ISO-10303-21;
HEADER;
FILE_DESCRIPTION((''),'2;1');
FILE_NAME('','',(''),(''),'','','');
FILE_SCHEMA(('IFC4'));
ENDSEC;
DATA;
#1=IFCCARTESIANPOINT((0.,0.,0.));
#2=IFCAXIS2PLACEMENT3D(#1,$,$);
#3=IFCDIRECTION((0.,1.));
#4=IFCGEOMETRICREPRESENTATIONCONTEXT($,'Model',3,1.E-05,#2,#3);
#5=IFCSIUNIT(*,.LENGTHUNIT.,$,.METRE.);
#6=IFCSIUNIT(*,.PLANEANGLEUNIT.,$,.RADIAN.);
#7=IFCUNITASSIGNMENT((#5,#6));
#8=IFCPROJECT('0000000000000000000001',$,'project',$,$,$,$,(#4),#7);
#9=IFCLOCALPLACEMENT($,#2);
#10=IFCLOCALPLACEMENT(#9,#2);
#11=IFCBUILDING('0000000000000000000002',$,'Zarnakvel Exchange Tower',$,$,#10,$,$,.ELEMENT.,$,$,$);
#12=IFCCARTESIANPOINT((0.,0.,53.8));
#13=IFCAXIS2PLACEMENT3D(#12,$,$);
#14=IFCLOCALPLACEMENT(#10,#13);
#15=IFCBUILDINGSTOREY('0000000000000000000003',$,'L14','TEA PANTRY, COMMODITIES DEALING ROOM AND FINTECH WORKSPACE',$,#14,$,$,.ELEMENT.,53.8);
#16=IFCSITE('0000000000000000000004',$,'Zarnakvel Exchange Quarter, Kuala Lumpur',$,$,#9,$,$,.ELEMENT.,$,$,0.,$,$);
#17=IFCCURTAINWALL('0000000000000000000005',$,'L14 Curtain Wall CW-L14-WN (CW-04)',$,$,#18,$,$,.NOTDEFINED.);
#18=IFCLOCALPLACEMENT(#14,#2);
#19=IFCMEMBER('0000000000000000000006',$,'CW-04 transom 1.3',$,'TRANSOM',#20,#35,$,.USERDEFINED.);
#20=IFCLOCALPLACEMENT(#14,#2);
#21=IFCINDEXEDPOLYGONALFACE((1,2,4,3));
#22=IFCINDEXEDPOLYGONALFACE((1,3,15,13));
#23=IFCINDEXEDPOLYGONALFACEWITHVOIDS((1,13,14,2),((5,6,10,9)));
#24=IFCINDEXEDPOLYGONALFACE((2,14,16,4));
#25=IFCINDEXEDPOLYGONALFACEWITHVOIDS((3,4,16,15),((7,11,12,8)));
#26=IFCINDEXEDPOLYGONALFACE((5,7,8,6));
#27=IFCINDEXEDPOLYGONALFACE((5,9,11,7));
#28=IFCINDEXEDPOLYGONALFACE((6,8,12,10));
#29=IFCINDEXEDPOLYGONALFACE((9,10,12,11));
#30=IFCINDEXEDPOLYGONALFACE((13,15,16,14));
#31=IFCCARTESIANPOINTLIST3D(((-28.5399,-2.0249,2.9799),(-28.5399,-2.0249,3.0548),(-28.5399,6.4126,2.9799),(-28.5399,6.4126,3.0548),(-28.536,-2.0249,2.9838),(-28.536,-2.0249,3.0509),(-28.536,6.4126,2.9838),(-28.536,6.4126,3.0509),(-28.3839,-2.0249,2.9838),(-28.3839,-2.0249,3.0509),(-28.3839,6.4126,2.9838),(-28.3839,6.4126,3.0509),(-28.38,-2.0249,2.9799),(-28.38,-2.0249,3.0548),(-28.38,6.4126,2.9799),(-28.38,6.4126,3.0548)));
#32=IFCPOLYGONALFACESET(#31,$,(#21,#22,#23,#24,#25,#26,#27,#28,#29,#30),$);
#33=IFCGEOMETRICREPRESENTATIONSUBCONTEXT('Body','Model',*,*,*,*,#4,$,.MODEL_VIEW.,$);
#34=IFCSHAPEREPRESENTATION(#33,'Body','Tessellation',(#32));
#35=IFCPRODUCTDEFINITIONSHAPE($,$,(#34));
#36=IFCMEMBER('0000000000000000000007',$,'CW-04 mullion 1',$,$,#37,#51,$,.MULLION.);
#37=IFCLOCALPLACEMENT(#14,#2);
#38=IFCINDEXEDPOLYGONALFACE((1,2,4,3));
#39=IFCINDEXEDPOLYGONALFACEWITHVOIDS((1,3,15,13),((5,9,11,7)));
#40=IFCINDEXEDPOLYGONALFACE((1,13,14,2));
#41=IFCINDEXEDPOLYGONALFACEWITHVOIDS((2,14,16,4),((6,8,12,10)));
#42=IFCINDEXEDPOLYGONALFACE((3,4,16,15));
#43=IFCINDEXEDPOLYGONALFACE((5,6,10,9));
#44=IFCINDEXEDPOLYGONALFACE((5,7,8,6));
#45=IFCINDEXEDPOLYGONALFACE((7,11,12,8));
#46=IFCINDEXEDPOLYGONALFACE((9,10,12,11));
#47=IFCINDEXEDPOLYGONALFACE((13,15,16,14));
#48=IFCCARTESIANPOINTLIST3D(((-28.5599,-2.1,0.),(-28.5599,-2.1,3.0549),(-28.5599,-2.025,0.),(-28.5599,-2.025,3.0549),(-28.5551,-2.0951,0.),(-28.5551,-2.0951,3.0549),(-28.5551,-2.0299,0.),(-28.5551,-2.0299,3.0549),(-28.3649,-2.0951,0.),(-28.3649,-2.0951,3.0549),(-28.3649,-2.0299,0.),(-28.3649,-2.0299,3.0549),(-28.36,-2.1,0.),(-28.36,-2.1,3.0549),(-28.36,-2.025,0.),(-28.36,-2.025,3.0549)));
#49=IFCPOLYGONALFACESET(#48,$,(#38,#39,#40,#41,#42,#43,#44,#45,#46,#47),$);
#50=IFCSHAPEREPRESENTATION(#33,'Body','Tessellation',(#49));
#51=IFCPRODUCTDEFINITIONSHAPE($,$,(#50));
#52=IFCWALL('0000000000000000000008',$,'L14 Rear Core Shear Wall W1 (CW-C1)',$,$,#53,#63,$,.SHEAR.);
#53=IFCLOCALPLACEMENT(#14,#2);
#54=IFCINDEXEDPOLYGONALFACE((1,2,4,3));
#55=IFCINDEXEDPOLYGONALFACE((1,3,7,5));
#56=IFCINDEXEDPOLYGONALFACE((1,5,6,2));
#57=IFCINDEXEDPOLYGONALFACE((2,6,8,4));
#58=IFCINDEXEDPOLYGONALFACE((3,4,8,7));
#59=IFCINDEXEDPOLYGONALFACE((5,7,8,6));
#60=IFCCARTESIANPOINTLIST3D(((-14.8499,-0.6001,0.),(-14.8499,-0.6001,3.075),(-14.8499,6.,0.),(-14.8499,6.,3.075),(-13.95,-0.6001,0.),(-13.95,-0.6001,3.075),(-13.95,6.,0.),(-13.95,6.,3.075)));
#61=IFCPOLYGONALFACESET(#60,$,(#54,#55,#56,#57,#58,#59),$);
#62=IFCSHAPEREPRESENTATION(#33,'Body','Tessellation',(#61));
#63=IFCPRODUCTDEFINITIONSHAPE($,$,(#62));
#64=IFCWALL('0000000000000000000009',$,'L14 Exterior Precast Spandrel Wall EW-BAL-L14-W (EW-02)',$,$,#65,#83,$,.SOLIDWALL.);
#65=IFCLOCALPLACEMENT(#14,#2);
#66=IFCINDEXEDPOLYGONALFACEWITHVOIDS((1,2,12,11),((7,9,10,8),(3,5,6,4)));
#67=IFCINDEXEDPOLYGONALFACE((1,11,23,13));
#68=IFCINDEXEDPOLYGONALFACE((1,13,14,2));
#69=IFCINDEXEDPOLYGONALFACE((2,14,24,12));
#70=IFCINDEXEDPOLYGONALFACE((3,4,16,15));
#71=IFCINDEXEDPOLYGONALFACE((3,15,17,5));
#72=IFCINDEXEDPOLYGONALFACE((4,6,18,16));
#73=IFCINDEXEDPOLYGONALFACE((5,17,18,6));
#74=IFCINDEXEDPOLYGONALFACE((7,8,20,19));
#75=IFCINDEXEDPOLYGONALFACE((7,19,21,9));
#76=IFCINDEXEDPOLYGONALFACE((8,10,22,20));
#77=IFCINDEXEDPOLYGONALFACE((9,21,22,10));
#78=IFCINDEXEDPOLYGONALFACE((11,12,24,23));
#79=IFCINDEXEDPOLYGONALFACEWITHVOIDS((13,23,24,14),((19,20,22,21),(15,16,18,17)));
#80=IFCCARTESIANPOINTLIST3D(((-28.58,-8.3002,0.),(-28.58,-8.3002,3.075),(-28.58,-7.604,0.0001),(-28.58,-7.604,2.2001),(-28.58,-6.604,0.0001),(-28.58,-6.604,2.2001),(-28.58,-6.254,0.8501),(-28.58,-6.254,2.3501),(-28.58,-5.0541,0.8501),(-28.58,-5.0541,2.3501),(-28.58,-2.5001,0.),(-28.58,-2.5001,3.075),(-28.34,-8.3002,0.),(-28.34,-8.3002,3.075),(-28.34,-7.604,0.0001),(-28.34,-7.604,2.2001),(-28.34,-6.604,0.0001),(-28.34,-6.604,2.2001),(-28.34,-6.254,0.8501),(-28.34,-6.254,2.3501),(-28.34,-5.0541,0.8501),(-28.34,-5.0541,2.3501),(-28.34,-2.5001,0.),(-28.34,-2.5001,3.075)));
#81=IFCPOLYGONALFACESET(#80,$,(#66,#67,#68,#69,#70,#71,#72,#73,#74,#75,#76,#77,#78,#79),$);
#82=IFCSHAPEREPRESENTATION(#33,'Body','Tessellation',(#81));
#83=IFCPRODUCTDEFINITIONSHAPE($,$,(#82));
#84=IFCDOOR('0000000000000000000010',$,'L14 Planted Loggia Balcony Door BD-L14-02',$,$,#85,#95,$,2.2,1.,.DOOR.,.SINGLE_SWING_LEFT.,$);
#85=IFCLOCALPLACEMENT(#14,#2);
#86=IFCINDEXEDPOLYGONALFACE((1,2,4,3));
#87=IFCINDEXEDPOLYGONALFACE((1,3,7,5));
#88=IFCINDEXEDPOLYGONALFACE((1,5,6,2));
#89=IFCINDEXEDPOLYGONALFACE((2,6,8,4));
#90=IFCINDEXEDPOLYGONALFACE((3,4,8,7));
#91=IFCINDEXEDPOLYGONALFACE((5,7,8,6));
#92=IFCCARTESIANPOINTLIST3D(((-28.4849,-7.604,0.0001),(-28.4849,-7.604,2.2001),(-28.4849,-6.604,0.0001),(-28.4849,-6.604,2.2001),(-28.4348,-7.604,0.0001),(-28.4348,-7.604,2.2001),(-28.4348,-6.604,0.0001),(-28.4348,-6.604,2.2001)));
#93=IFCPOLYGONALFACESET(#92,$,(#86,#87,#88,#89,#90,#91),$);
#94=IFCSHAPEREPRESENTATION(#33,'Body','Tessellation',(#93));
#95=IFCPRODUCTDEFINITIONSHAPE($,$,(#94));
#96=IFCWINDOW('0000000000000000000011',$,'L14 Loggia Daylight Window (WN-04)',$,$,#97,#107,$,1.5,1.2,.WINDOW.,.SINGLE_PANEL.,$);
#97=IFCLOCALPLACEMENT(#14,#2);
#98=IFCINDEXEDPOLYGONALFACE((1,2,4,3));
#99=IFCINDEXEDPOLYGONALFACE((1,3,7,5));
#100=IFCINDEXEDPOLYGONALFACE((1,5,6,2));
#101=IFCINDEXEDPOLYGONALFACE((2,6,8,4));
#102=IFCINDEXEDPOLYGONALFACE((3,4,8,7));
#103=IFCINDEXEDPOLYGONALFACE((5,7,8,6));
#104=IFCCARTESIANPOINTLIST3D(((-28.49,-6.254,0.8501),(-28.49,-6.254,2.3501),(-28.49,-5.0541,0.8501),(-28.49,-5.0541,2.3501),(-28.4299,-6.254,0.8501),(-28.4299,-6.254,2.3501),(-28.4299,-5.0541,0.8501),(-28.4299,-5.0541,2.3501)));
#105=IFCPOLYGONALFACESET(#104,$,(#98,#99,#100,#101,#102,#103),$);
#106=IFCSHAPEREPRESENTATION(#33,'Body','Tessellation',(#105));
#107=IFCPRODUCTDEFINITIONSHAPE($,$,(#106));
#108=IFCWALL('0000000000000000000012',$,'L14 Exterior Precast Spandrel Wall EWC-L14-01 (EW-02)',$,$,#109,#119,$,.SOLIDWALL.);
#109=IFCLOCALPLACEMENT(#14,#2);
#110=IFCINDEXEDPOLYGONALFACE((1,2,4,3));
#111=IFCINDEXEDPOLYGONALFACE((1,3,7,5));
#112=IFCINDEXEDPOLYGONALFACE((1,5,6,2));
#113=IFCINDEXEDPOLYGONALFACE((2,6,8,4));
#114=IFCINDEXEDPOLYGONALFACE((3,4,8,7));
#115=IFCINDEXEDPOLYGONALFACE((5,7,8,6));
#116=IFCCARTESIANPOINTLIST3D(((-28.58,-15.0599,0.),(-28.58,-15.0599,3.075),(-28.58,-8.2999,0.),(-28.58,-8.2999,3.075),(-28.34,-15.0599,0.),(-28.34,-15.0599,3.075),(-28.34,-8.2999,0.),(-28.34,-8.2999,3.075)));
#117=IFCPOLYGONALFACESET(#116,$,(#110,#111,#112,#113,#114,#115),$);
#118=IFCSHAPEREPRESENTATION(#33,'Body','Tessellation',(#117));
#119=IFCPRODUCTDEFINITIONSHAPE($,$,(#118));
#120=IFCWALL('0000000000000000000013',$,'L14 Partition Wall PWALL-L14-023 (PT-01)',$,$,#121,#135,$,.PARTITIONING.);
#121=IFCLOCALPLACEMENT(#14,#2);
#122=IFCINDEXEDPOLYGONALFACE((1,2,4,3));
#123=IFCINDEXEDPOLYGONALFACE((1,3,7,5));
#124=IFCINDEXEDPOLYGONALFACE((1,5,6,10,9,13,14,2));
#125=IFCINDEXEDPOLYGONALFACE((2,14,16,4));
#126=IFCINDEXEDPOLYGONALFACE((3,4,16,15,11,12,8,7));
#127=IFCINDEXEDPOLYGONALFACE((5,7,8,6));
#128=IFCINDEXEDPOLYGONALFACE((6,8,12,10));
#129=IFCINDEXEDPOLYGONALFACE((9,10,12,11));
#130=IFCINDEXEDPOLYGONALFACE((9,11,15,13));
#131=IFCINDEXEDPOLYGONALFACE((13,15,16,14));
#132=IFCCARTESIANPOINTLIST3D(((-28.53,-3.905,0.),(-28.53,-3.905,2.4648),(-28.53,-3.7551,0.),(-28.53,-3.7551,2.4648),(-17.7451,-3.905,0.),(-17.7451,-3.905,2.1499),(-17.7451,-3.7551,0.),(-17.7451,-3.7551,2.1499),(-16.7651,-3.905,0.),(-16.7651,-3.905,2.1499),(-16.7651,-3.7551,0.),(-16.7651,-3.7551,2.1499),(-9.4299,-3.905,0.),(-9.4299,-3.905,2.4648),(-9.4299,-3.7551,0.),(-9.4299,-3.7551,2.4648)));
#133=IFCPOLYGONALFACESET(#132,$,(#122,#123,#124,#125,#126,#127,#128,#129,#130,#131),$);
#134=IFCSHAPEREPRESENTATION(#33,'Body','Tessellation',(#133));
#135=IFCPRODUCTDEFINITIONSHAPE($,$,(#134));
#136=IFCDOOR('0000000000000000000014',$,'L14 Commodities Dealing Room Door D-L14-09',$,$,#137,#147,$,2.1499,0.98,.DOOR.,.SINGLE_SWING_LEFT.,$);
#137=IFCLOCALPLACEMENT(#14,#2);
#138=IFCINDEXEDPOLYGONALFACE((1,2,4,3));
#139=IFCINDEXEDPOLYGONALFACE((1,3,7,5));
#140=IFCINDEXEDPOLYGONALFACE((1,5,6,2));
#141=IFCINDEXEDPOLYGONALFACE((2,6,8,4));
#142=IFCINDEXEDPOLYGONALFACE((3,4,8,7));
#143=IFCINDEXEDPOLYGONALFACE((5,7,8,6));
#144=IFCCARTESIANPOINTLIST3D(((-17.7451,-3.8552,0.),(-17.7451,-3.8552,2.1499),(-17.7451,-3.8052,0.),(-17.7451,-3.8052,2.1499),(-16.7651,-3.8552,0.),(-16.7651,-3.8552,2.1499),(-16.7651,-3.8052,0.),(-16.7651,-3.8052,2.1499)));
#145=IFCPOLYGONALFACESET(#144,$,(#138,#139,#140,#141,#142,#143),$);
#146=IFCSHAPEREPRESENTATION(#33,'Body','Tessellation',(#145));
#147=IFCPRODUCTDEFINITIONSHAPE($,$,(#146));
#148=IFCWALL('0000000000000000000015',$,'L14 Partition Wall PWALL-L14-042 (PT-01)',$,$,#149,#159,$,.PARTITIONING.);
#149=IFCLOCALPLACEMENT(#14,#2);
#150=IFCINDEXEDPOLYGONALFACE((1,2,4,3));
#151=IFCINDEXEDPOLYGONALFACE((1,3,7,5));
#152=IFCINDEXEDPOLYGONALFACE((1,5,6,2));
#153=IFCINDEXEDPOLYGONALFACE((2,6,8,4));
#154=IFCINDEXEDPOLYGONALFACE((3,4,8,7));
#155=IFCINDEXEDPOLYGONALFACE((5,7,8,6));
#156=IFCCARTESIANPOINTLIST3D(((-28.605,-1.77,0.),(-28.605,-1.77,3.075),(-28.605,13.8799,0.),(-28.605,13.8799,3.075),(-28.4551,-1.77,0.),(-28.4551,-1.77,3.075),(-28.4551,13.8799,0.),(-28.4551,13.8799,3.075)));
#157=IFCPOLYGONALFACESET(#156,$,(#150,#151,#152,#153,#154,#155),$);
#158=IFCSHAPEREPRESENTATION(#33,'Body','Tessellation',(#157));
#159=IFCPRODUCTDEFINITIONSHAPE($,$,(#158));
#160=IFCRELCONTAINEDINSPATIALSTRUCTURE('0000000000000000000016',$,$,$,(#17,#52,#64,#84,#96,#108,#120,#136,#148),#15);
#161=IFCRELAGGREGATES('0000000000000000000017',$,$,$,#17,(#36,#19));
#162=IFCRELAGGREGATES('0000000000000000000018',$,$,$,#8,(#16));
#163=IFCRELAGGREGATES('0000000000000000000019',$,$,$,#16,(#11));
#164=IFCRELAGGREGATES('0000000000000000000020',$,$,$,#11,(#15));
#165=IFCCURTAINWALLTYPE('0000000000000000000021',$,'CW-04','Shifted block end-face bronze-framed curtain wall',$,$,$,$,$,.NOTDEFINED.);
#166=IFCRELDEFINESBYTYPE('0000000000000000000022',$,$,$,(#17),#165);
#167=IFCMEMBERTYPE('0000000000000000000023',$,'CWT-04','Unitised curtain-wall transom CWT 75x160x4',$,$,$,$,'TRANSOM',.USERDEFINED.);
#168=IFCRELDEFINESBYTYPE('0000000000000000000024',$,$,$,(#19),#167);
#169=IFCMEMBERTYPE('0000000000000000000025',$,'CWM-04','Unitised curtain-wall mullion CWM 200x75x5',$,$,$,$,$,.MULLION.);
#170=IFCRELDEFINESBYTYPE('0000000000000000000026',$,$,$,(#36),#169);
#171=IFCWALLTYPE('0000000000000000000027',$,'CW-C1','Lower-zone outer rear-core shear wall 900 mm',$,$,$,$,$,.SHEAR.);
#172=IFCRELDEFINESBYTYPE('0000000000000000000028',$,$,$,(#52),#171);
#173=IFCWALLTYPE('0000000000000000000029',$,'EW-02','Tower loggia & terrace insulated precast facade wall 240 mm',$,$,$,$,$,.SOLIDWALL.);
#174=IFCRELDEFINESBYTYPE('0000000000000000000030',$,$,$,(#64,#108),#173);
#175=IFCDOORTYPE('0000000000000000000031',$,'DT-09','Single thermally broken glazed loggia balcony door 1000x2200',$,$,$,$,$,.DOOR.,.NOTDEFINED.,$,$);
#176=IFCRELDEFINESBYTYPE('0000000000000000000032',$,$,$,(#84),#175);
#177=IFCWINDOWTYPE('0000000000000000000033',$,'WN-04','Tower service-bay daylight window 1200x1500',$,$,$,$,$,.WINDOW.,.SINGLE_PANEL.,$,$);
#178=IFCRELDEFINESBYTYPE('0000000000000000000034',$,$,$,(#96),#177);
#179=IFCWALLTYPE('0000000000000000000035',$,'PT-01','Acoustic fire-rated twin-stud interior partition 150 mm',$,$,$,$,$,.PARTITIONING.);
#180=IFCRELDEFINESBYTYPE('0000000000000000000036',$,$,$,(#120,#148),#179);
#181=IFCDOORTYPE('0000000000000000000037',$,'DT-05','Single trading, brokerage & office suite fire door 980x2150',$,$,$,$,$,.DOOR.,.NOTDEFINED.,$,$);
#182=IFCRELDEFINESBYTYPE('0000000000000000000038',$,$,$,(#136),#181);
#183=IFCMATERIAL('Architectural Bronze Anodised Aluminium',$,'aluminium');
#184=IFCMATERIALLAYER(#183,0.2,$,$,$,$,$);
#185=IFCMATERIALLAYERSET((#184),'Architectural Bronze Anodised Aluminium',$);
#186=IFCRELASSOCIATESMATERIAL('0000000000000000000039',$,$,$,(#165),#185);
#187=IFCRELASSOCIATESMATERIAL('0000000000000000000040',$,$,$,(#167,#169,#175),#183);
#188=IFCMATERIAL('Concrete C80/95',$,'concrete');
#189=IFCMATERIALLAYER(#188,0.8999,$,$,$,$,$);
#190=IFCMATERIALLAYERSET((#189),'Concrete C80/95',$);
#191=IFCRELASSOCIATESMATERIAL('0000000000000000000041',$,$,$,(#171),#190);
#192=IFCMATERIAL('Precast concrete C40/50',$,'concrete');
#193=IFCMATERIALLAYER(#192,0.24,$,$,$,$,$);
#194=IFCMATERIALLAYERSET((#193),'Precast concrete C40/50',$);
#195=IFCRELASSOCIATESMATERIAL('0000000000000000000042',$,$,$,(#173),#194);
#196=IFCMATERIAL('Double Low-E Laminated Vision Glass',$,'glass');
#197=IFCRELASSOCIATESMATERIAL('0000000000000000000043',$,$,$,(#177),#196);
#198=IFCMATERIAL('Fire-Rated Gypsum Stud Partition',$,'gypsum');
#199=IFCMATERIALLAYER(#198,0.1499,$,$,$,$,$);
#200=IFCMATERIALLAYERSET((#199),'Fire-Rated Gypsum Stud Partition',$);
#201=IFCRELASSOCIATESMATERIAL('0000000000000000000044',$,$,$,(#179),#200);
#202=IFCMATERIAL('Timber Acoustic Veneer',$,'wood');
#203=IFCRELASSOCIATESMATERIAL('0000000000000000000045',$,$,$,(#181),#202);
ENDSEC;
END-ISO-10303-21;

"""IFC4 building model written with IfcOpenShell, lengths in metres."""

from ifc_helpers import new_model, si_unit, direction, frame, frame_2d, origin, origin_2d, place, context, subcontext, project, spatial, rectangle, hollow_rectangle, extrude, source, transform, mapped, material, layer, layer_set, material_profile, profile_set, type_object, element, fill, aggregate, save


model = new_model("IFC4")

# Units and contexts
model_context = context("Model", 3, precision=1e-05, world=origin(), true_north=direction((0.0, 1.0)))
body_context = subcontext(model_context, "Body", "Model", "MODEL_VIEW")
ifc_project = project(units=[si_unit("LENGTHUNIT", "METRE"), si_unit("PLANEANGLEUNIT", "RADIAN")], contexts=[model_context])

# Site, building, storey
site_placement = place(None, origin())
site = spatial("IfcSite", under=ifc_project, at=site_placement, Name="Zarnakvel Exchange Quarter, Kuala Lumpur", CompositionType="ELEMENT", RefElevation=0.0)
building_placement = place(site_placement, origin())
building = spatial("IfcBuilding", under=site, at=building_placement, Name="Zarnakvel Exchange Tower", CompositionType="ELEMENT")
storey_placement = place(building_placement, frame((0.0, 0.0, 53.8)))
storey = spatial("IfcBuildingStorey", under=building, at=storey_placement, Name="L14", Description="TEA PANTRY, COMMODITIES DEALING ROOM AND FINTECH WORKSPACE", CompositionType="ELEMENT", Elevation=53.8)

# Shared definitions
ifc_material_1 = material(Name="Concrete C80/95", Category="concrete")

# Curtain wall, members
ifc_material_2 = material(Name="Architectural Bronze Anodised Aluminium", Category="aluminium")
ifc_layer_1 = layer(ifc_material_2, 0.2)
ifc_layer_set_1 = layer_set([ifc_layer_1], Name="Architectural Bronze Anodised Aluminium")
curtain_wall_type = type_object("IfcCurtainWallType", Name="CW-04", Description="Shifted block end-face bronze-framed curtain wall", PredefinedType="NOTDEFINED", material=ifc_layer_set_1)
curtain_wall_placement = place(storey_placement, origin())
curtain_wall = element("IfcCurtainWall", 1, at=curtain_wall_placement, inside=storey, type_object=curtain_wall_type, Name="L14 Curtain Wall CW-L14-WN (CW-04)", PredefinedType="NOTDEFINED")
ifc_material_profile_1 = material_profile(ifc_material_2, hollow_rectangle(XDim=0.1599, YDim=0.075, WallThickness=0.0039, at=origin_2d()))
ifc_profile_set_1 = profile_set([ifc_material_profile_1], Name="Architectural Bronze Anodised Aluminium")
member_type_1 = type_object("IfcMemberType", Name="CWT-04", Description="Unitised curtain-wall transom CWT 75x160x4", ElementType="TRANSOM", PredefinedType="USERDEFINED", material=ifc_profile_set_1)
shared_shape_1 = source(origin(), body_context, "Body", "SweptSolid", [
    extrude(hollow_rectangle(XDim=0.1599, YDim=0.075, WallThickness=0.0039, at=origin_2d()), origin(), (0.0, 0.0, 1.0), 8.4375),
])
member_1_placement = place(storey_placement, frame((-28.46, -2.0249, 3.0173), z_axis=(0.0, 1.0, 0.0), x_axis=(-1.0, 0.0, 0.0)))
member_1 = element("IfcMember", 2, at=member_1_placement, type_object=member_type_1, Name="CW-04 transom 1.3", ObjectType="TRANSOM", PredefinedType="USERDEFINED", context=body_context, shape_type="MappedRepresentation", body=[
    mapped(shared_shape_1, transform((0.0, 0.0, 0.0), x_axis=(1.0, 0.0, 0.0), y_axis=(0.0, 1.0, 0.0), z_axis=(0.0, 0.0, 1.0), scale=1.0)),
])
ifc_material_profile_2 = material_profile(ifc_material_2, hollow_rectangle(XDim=0.2, YDim=0.075, WallThickness=0.0049, at=origin_2d()))
ifc_profile_set_2 = profile_set([ifc_material_profile_2], Name="Architectural Bronze Anodised Aluminium")
member_type_2 = type_object("IfcMemberType", Name="CWM-04", Description="Unitised curtain-wall mullion CWM 200x75x5", PredefinedType="MULLION", material=ifc_profile_set_2)
shared_shape_2 = source(origin(), body_context, "Body", "SweptSolid", [
    extrude(hollow_rectangle(XDim=0.2, YDim=0.075, WallThickness=0.0049, at=origin_2d()), origin(), (0.0, 0.0, 1.0), 3.0549),
])
member_2_placement = place(storey_placement, frame((-28.46, -2.0625, 0.0), z_axis=(0.0, 0.0, 1.0), x_axis=(-1.0, 0.0, 0.0)))
member_2 = element("IfcMember", 3, at=member_2_placement, type_object=member_type_2, Name="CW-04 mullion 1", PredefinedType="MULLION", context=body_context, shape_type="MappedRepresentation", body=[
    mapped(shared_shape_2, transform((0.0, 0.0, 0.0), x_axis=(1.0, 0.0, 0.0), y_axis=(0.0, 1.0, 0.0), z_axis=(0.0, 0.0, 1.0), scale=1.0)),
])
aggregate(curtain_wall, [member_2, member_1])

# Wall
ifc_layer_2 = layer(ifc_material_1, 0.8999)
ifc_layer_set_2 = layer_set([ifc_layer_2], Name="Concrete C80/95")
wall_type_1 = type_object("IfcWallType", Name="CW-C1", Description="Lower-zone outer rear-core shear wall 900 mm", PredefinedType="SHEAR", material=ifc_layer_set_2)
wall_1_placement = place(storey_placement, frame((-14.3999, -0.6001, 0.0), z_axis=(0.0, 0.0, 1.0), x_axis=(0.0, 1.0, 0.0)))
element("IfcWall", 4, at=wall_1_placement, inside=storey, type_object=wall_type_1, Name="L14 Rear Core Shear Wall W1 (CW-C1)", PredefinedType="SHEAR", context=body_context, shape_type="SweptSolid", body=[
    extrude(rectangle(XDim=6.6001, YDim=0.8999, at=frame_2d((3.3, 0.0))), origin(), (0.0, 0.0, 1.0), 3.075),
])

# Wall, openings, door, window
ifc_material_3 = material(Name="Precast concrete C40/50", Category="concrete")
ifc_layer_3 = layer(ifc_material_3, 0.24)
ifc_layer_set_3 = layer_set([ifc_layer_3], Name="Precast concrete C40/50")
wall_type_2 = type_object("IfcWallType", Name="EW-02", Description="Tower loggia & terrace insulated precast facade wall 240 mm", PredefinedType="SOLIDWALL", material=ifc_layer_set_3)
wall_2_placement = place(storey_placement, frame((-28.46, -8.3, 0.0), z_axis=(0.0, 0.0, 1.0), x_axis=(0.0, 1.0, 0.0)))
wall_2 = element("IfcWall", 5, at=wall_2_placement, inside=storey, type_object=wall_type_2, Name="L14 Exterior Precast Spandrel Wall EW-BAL-L14-W (EW-02)", PredefinedType="SOLIDWALL", context=body_context, shape_type="SweptSolid", body=[
    extrude(rectangle(XDim=5.8, YDim=0.24, at=frame_2d((2.8999, 0.0))), origin(), (0.0, 0.0, 1.0), 3.075),
])
opening_1_placement = place(wall_2_placement, frame((0.696, 0.0, 0.0)))
opening_1 = element("IfcOpeningElement", 6, at=opening_1_placement, cuts=wall_2, PredefinedType="OPENING", context=body_context, shape_type="SweptSolid", body=[
    extrude(rectangle(XDim=1.0, YDim=2.2, at=frame_2d((0.5, 1.1001))), frame((0.0, 0.1299, 0.0), z_axis=(0.0, -1.0, 0.0), x_axis=(1.0, 0.0, 0.0)), (0.0, 0.0, 1.0), 0.26),
])
opening_2_placement = place(wall_2_placement, frame((2.0459, 0.0, 0.8501)))
opening_2 = element("IfcOpeningElement", 7, at=opening_2_placement, cuts=wall_2, PredefinedType="OPENING", context=body_context, shape_type="SweptSolid", body=[
    extrude(rectangle(XDim=1.2, YDim=1.5, at=frame_2d((0.6001, 0.75))), frame((0.0, 0.1299, 0.0), z_axis=(0.0, -1.0, 0.0), x_axis=(1.0, 0.0, 0.0)), (0.0, 0.0, 1.0), 0.26),
])
door_type_1 = type_object("IfcDoorType", Name="DT-09", Description="Single thermally broken glazed loggia balcony door 1000x2200", OperationType="NOTDEFINED", PredefinedType="DOOR", material=ifc_material_2)
shared_shape_3 = source(origin(), body_context, "Body", "SweptSolid", [
    extrude(rectangle(XDim=1.0, YDim=2.2, at=frame_2d((0.5, 1.1001))), frame((0.0, 0.0249, 0.0), z_axis=(0.0, -1.0, 0.0), x_axis=(1.0, 0.0, 0.0)), (0.0, 0.0, 1.0), 0.05),
])
door_1_placement = place(opening_1_placement, origin())
door_1 = element("IfcDoor", 8, at=door_1_placement, inside=storey, type_object=door_type_1, Name="L14 Planted Loggia Balcony Door BD-L14-02", OperationType="SINGLE_SWING_LEFT", OverallHeight=2.2, OverallWidth=1.0, PredefinedType="DOOR", context=body_context, shape_type="MappedRepresentation", body=[
    mapped(shared_shape_3, transform((0.0, 0.0, 0.0), x_axis=(1.0, 0.0, 0.0), y_axis=(0.0, 1.0, 0.0), z_axis=(0.0, 0.0, 1.0), scale=1.0)),
])
fill(opening_1, door_1)
ifc_material_4 = material(Name="Double Low-E Laminated Vision Glass", Category="glass")
window_type = type_object("IfcWindowType", Name="WN-04", Description="Tower service-bay daylight window 1200x1500", PartitioningType="SINGLE_PANEL", PredefinedType="WINDOW", material=ifc_material_4)
shared_shape_4 = source(origin(), body_context, "Body", "SweptSolid", [
    extrude(rectangle(XDim=1.2, YDim=1.5, at=frame_2d((0.6001, 0.75))), frame((0.0, 0.03, 0.0), z_axis=(0.0, -1.0, 0.0), x_axis=(1.0, 0.0, 0.0)), (0.0, 0.0, 1.0), 0.0601),
])
window_placement = place(opening_2_placement, origin())
window = element("IfcWindow", 9, at=window_placement, inside=storey, type_object=window_type, Name="L14 Loggia Daylight Window (WN-04)", OverallHeight=1.5, OverallWidth=1.2, PartitioningType="SINGLE_PANEL", PredefinedType="WINDOW", context=body_context, shape_type="MappedRepresentation", body=[
    mapped(shared_shape_4, transform((0.0, 0.0, 0.0), x_axis=(1.0, 0.0, 0.0), y_axis=(0.0, 1.0, 0.0), z_axis=(0.0, 0.0, 1.0), scale=1.0)),
])
fill(opening_2, window)

# Wall
wall_3_placement = place(storey_placement, frame((-28.46, -8.3, 0.0), z_axis=(0.0, 0.0, 1.0), x_axis=(0.0, -1.0, 0.0)))
element("IfcWall", 10, at=wall_3_placement, inside=storey, type_object=wall_type_2, Name="L14 Exterior Precast Spandrel Wall EWC-L14-01 (EW-02)", PredefinedType="SOLIDWALL", context=body_context, shape_type="SweptSolid", body=[
    extrude(rectangle(XDim=6.76, YDim=0.24, at=frame_2d((3.3799, 0.0))), origin(), (0.0, 0.0, 1.0), 3.075),
])

# Wall, opening, door
ifc_material_5 = material(Name="Fire-Rated Gypsum Stud Partition", Category="gypsum")
ifc_layer_4 = layer(ifc_material_5, 0.1499)
ifc_layer_set_4 = layer_set([ifc_layer_4], Name="Fire-Rated Gypsum Stud Partition")
wall_type_3 = type_object("IfcWallType", Name="PT-01", Description="Acoustic fire-rated twin-stud interior partition 150 mm", PredefinedType="PARTITIONING", material=ifc_layer_set_4)
wall_4_placement = place(storey_placement, frame((-28.53, -3.8301, 0.0), z_axis=(0.0, 0.0, 1.0), x_axis=(1.0, 0.0, 0.0)))
wall_4 = element("IfcWall", 11, at=wall_4_placement, inside=storey, type_object=wall_type_3, Name="L14 Partition Wall PWALL-L14-023 (PT-01)", PredefinedType="PARTITIONING", context=body_context, shape_type="SweptSolid", body=[
    extrude(rectangle(XDim=19.1001, YDim=0.1499, at=frame_2d((9.55, 0.0))), origin(), (0.0, 0.0, 1.0), 2.4648),
])
opening_3_placement = place(wall_4_placement, frame((10.7849, 0.0, 0.0)))
opening_3 = element("IfcOpeningElement", 12, at=opening_3_placement, cuts=wall_4, PredefinedType="OPENING", context=body_context, shape_type="SweptSolid", body=[
    extrude(rectangle(XDim=0.98, YDim=2.1499, at=frame_2d((0.49, 1.075))), frame((0.0, 0.085, 0.0), z_axis=(0.0, -1.0, 0.0), x_axis=(1.0, 0.0, 0.0)), (0.0, 0.0, 1.0), 0.1699),
])
ifc_material_6 = material(Name="Timber Acoustic Veneer", Category="wood")
door_type_2 = type_object("IfcDoorType", Name="DT-05", Description="Single trading, brokerage & office suite fire door 980x2150", OperationType="NOTDEFINED", PredefinedType="DOOR", material=ifc_material_6)
shared_shape_5 = source(origin(), body_context, "Body", "SweptSolid", [
    extrude(rectangle(XDim=0.98, YDim=2.1499, at=frame_2d((0.49, 1.075))), frame((0.0, 0.0249, 0.0), z_axis=(0.0, -1.0, 0.0), x_axis=(1.0, 0.0, 0.0)), (0.0, 0.0, 1.0), 0.05),
])
door_2_placement = place(opening_3_placement, origin())
door_2 = element("IfcDoor", 13, at=door_2_placement, inside=storey, type_object=door_type_2, Name="L14 Commodities Dealing Room Door D-L14-09", OperationType="SINGLE_SWING_LEFT", OverallHeight=2.1499, OverallWidth=0.98, PredefinedType="DOOR", context=body_context, shape_type="MappedRepresentation", body=[
    mapped(shared_shape_5, transform((0.0, 0.0, 0.0), x_axis=(1.0, 0.0, 0.0), y_axis=(0.0, 1.0, 0.0), z_axis=(0.0, 0.0, 1.0), scale=1.0)),
])
fill(opening_3, door_2)

# Wall
wall_5_placement = place(storey_placement, frame((-28.53, -1.77, 0.0), z_axis=(0.0, 0.0, 1.0), x_axis=(0.0, 1.0, 0.0)))
element("IfcWall", 14, at=wall_5_placement, inside=storey, type_object=wall_type_3, Name="L14 Partition Wall PWALL-L14-042 (PT-01)", PredefinedType="PARTITIONING", context=body_context, shape_type="SweptSolid", body=[
    extrude(rectangle(XDim=15.6499, YDim=0.1499, at=frame_2d((7.825, 0.0))), origin(), (0.0, 0.0, 1.0), 3.075),
])

save(model, "model.ifc")
